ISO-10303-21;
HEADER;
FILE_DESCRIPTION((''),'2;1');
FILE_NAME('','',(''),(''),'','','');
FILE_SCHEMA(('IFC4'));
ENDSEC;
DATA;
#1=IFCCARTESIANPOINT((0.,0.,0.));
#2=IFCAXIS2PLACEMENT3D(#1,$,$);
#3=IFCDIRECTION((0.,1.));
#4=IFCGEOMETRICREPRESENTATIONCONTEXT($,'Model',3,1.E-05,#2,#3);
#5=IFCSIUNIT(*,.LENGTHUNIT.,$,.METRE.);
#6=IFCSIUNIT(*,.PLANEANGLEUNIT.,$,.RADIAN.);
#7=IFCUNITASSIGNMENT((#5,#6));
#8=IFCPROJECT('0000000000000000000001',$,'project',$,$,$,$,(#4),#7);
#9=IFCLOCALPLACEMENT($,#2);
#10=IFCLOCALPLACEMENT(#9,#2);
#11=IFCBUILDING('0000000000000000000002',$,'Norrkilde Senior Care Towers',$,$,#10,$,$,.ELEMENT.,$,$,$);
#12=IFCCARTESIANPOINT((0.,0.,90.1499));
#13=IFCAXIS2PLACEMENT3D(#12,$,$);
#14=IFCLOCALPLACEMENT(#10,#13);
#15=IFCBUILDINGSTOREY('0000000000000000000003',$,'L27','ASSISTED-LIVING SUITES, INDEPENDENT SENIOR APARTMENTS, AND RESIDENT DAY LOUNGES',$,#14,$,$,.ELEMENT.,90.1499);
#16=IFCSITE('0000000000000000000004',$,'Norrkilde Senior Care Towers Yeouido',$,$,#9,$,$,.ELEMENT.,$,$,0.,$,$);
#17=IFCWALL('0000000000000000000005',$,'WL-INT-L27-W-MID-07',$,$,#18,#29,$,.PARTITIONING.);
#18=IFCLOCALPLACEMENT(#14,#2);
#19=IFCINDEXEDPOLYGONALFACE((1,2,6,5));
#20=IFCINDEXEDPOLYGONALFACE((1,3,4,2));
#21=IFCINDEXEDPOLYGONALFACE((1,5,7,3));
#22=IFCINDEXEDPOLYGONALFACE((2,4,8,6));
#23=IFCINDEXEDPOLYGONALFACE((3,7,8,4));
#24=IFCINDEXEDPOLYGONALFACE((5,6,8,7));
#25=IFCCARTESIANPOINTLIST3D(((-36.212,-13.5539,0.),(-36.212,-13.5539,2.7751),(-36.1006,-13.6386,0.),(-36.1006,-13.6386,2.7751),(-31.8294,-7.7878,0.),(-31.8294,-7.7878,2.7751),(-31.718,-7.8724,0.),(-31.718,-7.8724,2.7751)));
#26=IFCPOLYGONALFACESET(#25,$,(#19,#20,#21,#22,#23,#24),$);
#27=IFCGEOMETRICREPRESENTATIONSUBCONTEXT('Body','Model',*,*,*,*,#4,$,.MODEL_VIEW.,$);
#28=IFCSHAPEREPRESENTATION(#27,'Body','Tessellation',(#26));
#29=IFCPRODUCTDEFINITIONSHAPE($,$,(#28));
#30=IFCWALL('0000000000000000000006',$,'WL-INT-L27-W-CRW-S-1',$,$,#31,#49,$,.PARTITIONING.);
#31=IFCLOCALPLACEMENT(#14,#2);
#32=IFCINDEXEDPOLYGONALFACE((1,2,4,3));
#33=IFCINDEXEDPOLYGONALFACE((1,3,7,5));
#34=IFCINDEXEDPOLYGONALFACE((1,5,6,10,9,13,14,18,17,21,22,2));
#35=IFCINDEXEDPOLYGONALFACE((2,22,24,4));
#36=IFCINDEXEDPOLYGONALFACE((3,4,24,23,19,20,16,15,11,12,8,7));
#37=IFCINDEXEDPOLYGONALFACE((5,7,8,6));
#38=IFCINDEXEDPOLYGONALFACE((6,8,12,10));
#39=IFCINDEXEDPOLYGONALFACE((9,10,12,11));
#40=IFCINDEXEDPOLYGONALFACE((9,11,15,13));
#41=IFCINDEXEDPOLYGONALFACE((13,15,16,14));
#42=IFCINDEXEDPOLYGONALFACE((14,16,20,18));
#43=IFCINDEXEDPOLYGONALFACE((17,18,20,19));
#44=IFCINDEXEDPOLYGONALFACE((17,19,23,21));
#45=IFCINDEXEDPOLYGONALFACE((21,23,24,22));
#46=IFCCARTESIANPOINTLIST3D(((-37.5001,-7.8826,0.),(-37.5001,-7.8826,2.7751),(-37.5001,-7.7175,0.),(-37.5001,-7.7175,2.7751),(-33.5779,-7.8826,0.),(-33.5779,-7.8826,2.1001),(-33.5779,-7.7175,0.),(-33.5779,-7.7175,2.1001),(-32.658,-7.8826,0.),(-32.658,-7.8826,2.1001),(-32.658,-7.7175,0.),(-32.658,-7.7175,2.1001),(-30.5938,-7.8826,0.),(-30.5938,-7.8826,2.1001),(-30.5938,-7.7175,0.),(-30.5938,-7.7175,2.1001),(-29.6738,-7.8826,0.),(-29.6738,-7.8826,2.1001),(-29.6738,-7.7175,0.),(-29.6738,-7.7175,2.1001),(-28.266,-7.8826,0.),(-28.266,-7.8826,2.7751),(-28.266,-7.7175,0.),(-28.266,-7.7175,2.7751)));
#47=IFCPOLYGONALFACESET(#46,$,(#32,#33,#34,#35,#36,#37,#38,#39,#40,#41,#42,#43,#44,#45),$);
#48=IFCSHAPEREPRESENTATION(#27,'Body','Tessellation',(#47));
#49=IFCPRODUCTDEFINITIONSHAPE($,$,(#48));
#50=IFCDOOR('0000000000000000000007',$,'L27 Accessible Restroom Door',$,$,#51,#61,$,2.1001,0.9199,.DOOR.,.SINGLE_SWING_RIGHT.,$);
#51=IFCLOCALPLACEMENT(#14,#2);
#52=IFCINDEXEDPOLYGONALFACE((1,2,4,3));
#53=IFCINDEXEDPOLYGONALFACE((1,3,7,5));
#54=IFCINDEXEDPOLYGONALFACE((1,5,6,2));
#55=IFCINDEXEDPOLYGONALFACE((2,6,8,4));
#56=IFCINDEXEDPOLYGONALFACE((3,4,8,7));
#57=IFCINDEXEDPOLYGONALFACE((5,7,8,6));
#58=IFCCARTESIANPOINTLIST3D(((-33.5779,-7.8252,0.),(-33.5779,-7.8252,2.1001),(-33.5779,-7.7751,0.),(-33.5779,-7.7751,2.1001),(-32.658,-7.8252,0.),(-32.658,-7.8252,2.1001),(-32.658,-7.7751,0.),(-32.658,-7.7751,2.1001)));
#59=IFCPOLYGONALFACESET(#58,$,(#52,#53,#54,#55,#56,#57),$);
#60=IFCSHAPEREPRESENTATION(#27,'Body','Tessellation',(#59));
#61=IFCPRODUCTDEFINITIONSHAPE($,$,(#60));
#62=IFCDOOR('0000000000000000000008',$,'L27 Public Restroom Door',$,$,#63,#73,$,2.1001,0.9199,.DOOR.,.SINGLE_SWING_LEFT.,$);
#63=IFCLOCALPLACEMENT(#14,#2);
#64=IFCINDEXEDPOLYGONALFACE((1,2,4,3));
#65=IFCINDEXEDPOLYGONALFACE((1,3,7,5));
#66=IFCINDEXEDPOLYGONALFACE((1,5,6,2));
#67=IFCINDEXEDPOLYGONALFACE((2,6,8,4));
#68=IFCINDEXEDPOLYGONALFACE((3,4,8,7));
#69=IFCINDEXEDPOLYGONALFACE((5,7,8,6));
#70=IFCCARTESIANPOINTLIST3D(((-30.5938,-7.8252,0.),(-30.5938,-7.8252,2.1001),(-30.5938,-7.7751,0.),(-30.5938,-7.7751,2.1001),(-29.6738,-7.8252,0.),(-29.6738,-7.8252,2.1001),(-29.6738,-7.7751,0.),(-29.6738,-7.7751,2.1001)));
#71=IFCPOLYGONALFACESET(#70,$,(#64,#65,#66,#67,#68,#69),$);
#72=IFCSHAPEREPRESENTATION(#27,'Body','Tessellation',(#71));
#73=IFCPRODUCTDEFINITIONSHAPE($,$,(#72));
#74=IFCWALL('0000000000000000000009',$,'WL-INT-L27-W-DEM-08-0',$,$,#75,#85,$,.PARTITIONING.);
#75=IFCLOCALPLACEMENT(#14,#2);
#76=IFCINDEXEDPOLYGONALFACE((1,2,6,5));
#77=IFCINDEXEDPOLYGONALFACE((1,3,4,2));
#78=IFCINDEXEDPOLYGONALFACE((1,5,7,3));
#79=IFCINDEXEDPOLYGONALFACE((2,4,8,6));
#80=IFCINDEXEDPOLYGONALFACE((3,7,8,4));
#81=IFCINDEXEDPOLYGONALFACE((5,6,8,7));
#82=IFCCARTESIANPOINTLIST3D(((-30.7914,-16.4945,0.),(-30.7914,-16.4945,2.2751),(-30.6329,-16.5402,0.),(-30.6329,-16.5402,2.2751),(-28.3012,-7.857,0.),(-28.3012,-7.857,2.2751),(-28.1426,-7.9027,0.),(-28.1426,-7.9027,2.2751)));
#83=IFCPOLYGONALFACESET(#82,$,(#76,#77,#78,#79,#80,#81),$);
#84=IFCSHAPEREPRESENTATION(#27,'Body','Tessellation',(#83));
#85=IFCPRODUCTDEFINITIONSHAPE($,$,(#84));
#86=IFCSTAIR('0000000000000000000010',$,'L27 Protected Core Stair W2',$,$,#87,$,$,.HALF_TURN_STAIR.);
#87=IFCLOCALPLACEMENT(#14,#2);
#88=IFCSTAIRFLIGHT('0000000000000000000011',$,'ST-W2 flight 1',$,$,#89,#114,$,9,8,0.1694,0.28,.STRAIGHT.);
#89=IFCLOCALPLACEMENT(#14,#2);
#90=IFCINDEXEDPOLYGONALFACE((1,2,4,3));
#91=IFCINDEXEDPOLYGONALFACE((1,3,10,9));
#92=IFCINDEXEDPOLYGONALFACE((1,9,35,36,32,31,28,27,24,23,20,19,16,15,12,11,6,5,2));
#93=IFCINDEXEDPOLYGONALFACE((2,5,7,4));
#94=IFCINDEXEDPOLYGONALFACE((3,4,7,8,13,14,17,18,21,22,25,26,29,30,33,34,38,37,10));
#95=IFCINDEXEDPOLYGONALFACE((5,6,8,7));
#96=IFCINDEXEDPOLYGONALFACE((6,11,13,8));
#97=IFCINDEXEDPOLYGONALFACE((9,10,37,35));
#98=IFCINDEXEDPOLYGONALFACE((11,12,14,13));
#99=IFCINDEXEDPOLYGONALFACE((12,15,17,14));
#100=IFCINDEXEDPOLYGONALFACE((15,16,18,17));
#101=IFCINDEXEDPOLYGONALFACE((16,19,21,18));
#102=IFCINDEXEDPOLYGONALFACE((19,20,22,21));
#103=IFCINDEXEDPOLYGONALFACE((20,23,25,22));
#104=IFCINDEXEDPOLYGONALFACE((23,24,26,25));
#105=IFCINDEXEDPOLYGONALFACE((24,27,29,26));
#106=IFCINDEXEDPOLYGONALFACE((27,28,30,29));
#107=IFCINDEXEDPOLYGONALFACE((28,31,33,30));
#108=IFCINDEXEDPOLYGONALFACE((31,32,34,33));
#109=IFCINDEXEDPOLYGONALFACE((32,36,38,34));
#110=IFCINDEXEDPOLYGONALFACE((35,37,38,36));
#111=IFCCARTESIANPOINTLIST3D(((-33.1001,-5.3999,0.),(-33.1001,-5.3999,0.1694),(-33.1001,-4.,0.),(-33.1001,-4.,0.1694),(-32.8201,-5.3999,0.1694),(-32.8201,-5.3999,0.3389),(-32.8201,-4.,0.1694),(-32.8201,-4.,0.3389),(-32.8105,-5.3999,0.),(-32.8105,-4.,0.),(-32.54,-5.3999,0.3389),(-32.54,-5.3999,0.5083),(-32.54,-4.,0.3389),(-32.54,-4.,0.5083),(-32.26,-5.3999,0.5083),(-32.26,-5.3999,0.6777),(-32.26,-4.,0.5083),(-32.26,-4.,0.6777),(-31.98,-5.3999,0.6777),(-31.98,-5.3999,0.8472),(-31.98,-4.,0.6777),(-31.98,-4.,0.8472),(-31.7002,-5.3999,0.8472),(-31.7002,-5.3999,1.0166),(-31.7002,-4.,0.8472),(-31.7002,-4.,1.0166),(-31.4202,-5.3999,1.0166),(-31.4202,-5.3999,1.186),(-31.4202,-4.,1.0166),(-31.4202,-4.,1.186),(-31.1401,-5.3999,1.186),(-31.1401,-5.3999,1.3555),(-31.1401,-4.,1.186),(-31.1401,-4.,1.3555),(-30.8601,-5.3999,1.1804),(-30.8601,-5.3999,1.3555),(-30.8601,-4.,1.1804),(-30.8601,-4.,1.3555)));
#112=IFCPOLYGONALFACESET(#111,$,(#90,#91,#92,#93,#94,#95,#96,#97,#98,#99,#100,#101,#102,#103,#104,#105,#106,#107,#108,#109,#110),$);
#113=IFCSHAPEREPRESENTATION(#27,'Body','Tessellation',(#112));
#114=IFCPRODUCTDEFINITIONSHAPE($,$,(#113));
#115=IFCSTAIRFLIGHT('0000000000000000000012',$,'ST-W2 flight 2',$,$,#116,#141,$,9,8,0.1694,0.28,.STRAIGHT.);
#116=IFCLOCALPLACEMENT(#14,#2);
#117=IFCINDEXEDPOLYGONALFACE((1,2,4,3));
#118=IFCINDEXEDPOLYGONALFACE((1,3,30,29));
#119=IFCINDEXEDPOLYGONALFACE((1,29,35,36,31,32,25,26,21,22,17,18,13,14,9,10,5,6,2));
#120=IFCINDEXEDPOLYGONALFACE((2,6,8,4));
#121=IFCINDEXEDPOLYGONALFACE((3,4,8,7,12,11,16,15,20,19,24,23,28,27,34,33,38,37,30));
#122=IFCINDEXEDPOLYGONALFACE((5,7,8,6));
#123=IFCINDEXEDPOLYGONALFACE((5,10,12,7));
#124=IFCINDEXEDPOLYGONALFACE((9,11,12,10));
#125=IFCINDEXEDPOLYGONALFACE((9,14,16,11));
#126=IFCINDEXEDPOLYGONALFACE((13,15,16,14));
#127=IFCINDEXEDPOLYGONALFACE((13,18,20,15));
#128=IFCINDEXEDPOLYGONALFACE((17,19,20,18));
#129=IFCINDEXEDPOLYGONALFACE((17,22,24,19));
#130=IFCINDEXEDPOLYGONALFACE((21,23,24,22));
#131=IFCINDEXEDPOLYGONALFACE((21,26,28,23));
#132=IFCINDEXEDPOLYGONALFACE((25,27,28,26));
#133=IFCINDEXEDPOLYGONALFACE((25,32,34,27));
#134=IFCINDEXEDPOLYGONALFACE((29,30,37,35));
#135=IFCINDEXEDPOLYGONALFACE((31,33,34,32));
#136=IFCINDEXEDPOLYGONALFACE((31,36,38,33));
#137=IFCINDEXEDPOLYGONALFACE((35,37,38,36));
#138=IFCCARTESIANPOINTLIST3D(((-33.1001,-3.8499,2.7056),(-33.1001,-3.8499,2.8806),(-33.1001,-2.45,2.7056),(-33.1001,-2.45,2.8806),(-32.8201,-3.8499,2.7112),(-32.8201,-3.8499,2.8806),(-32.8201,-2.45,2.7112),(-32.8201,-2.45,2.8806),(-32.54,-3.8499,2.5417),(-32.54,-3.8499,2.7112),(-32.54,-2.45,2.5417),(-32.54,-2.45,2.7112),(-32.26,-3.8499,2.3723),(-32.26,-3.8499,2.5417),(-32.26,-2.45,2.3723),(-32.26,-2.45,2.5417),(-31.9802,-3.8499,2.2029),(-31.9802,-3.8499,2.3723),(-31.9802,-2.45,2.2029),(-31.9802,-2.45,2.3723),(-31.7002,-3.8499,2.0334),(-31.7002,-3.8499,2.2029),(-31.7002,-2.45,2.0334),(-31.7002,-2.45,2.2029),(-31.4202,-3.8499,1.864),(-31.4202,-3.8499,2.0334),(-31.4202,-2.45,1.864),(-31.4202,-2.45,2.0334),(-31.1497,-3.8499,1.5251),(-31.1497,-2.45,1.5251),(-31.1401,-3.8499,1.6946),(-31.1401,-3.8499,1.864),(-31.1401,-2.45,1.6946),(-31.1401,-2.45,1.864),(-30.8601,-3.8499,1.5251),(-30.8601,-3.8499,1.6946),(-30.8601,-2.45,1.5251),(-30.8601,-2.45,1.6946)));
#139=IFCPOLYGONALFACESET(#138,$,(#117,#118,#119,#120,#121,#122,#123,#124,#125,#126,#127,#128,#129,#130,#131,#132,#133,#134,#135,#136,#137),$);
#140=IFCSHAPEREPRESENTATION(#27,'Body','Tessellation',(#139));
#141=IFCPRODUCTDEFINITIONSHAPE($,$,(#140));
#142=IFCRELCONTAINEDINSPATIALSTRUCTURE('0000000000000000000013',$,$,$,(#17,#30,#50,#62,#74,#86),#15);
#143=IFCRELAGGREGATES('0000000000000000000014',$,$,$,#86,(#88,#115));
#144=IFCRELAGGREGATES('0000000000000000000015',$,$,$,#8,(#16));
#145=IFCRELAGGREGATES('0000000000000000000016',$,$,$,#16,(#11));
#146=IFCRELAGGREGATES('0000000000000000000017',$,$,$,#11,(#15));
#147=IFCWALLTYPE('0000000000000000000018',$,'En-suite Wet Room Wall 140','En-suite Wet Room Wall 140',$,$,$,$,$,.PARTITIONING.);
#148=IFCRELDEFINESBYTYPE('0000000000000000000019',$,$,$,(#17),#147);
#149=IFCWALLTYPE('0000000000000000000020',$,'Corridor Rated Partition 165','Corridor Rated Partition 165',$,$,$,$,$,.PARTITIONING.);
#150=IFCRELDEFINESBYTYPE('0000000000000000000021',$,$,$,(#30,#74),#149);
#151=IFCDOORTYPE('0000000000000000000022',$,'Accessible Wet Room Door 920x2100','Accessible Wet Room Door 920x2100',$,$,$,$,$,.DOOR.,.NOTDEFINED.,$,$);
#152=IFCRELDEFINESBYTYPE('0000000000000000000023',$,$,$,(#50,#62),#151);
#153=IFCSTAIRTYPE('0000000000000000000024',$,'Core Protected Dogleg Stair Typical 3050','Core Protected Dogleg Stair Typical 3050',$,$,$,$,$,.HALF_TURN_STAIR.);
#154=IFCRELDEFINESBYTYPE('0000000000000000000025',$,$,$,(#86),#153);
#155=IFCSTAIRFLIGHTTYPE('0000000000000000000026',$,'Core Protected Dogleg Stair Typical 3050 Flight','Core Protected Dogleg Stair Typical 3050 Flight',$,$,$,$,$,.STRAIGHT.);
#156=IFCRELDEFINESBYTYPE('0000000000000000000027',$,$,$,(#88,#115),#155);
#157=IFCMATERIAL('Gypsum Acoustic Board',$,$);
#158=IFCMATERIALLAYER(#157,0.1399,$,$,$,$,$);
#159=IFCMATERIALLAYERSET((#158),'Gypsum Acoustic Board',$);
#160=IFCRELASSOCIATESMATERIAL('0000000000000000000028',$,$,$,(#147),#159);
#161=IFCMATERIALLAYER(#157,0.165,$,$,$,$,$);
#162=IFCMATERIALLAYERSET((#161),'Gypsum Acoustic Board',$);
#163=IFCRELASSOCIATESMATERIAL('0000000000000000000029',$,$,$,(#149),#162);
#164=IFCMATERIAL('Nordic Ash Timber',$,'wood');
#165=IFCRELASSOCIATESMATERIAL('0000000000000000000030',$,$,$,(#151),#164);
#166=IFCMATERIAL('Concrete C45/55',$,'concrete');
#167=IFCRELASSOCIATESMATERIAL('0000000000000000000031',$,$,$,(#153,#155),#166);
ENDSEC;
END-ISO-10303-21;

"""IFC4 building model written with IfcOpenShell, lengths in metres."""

from ifc_helpers import new_model, si_unit, direction, frame, frame_2d, origin, place, context, subcontext, project, spatial, polyline, rectangle, outline, extrude, source, transform, mapped, material, layer, layer_set, type_object, type_shapes, element, fill, aggregate, save


model = new_model("IFC4")

# Units and contexts
model_context = context("Model", 3, precision=1e-05, world=origin(), true_north=direction((0.0, 1.0)))
body_context = subcontext(model_context, "Body", "Model", "MODEL_VIEW")
ifc_project = project(units=[si_unit("LENGTHUNIT", "METRE"), si_unit("PLANEANGLEUNIT", "RADIAN")], contexts=[model_context])

# Site, building, storey
site_placement = place(None, origin())
site = spatial("IfcSite", under=ifc_project, at=site_placement, Name="Norrkilde Senior Care Towers Yeouido", CompositionType="ELEMENT", RefElevation=0.0)
building_placement = place(site_placement, origin())
building = spatial("IfcBuilding", under=site, at=building_placement, Name="Norrkilde Senior Care Towers", CompositionType="ELEMENT")
storey_placement = place(building_placement, frame((0.0, 0.0, 90.1499)))
storey = spatial("IfcBuildingStorey", under=building, at=storey_placement, Name="L27", Description="ASSISTED-LIVING SUITES, INDEPENDENT SENIOR APARTMENTS, AND RESIDENT DAY LOUNGES", CompositionType="ELEMENT", Elevation=90.1499)

# Shared definitions
ifc_material_1 = material(Name="Concrete C45/55", Category="concrete")

# Wall
ifc_material_2 = material(Name="Gypsum Acoustic Board")
ifc_layer_1 = layer(ifc_material_2, 0.1399)
ifc_layer_set_1 = layer_set([ifc_layer_1], Name="Gypsum Acoustic Board")
wall_type_1 = type_object("IfcWallType", Name="En-suite Wet Room Wall 140", Description="En-suite Wet Room Wall 140", PredefinedType="PARTITIONING", material=ifc_layer_set_1)
shared_shape_1 = source(origin(), body_context, "Body", "SweptSolid", [
    extrude(rectangle(XDim=7.2427, YDim=0.1399, at=frame_2d((3.6213, 0.0))), origin(), (0.0, 0.0, 1.0), 2.7751),
])
type_shapes(wall_type_1, [shared_shape_1])
wall_1_placement = place(storey_placement, frame((-31.7737, -7.8301, 0.0), z_axis=(0.0, 0.0, 1.0), x_axis=(-0.605111, -0.796141, 0.0)))
element("IfcWall", 1, at=wall_1_placement, inside=storey, type_object=wall_type_1, Name="WL-INT-L27-W-MID-07", PredefinedType="PARTITIONING", context=body_context, shape_type="MappedRepresentation", body=[
    mapped(shared_shape_1, transform((0.0, 0.0, 0.0), x_axis=(1.0, 0.0, 0.0), y_axis=(0.0, 1.0, 0.0), z_axis=(0.0, 0.0, 1.0), scale=1.0)),
])

# Wall, openings, doors
ifc_layer_2 = layer(ifc_material_2, 0.165)
ifc_layer_set_2 = layer_set([ifc_layer_2], Name="Gypsum Acoustic Board")
wall_type_2 = type_object("IfcWallType", Name="Corridor Rated Partition 165", Description="Corridor Rated Partition 165", PredefinedType="PARTITIONING", material=ifc_layer_set_2)
shared_shape_2 = source(origin(), body_context, "Body", "SweptSolid", [
    extrude(rectangle(XDim=9.2341, YDim=0.165, at=frame_2d((4.6172, 0.0))), origin(), (0.0, 0.0, 1.0), 2.7751),
])
wall_2_placement = place(storey_placement, frame((-28.2659, -7.8, 0.0), z_axis=(0.0, 0.0, 1.0), x_axis=(-1.0, 0.0, 0.0)))
wall_2 = element("IfcWall", 2, at=wall_2_placement, inside=storey, type_object=wall_type_2, Name="WL-INT-L27-W-CRW-S-1", PredefinedType="PARTITIONING", context=body_context, shape_type="MappedRepresentation", body=[
    mapped(shared_shape_2, transform((0.0, 0.0, 0.0), x_axis=(1.0, 0.0, 0.0), y_axis=(0.0, 1.0, 0.0), z_axis=(0.0, 0.0, 1.0), scale=1.0)),
])
opening_1_placement = place(wall_2_placement, frame((4.3921, 0.0, 0.0)))
opening_1 = element("IfcOpeningElement", 3, at=opening_1_placement, cuts=wall_2, PredefinedType="OPENING", context=body_context, shape_type="SweptSolid", body=[
    extrude(rectangle(XDim=0.9199, YDim=2.1001, at=frame_2d((0.46, 1.05))), frame((0.0, 0.0925, 0.0), z_axis=(0.0, -1.0, 0.0), x_axis=(1.0, 0.0, 0.0)), (0.0, 0.0, 1.0), 0.1851),
])
opening_2_placement = place(wall_2_placement, frame((1.408, 0.0, 0.0)))
opening_2 = element("IfcOpeningElement", 4, at=opening_2_placement, cuts=wall_2, PredefinedType="OPENING", context=body_context, shape_type="SweptSolid", body=[
    extrude(rectangle(XDim=0.9199, YDim=2.1001, at=frame_2d((0.46, 1.05))), frame((0.0, 0.0925, 0.0), z_axis=(0.0, -1.0, 0.0), x_axis=(1.0, 0.0, 0.0)), (0.0, 0.0, 1.0), 0.1851),
])
ifc_material_3 = material(Name="Nordic Ash Timber", Category="wood")
door_type_1 = type_object("IfcDoorType", Name="Accessible Wet Room Door 920x2100", Description="Accessible Wet Room Door 920x2100", OperationType="NOTDEFINED", PredefinedType="DOOR", material=ifc_material_3)
shared_shape_3 = source(origin(), body_context, "Body", "SweptSolid", [
    extrude(rectangle(XDim=0.9199, YDim=2.1001, at=frame_2d((0.46, 1.05))), frame((0.0, 0.0249, 0.0), z_axis=(0.0, -1.0, 0.0), x_axis=(1.0, 0.0, 0.0)), (0.0, 0.0, 1.0), 0.05),
])
type_shapes(door_type_1, [shared_shape_3])
door_1_placement = place(opening_1_placement, frame((0.9199, 0.0, 0.0), z_axis=(0.0, 0.0, 1.0), x_axis=(-1.0, 0.0, 0.0)))
door_1 = element("IfcDoor", 5, at=door_1_placement, inside=storey, type_object=door_type_1, Name="L27 Accessible Restroom Door", OperationType="SINGLE_SWING_RIGHT", OverallHeight=2.1001, OverallWidth=0.9199, PredefinedType="DOOR", context=body_context, shape_type="MappedRepresentation", body=[
    mapped(shared_shape_3, transform((0.0, 0.0, 0.0), x_axis=(1.0, 0.0, 0.0), y_axis=(0.0, 1.0, 0.0), z_axis=(0.0, 0.0, 1.0), scale=1.0)),
])
fill(opening_1, door_1)
door_2_placement = place(opening_2_placement, frame((0.9199, 0.0, 0.0), z_axis=(0.0, 0.0, 1.0), x_axis=(-1.0, 0.0, 0.0)))
door_2 = element("IfcDoor", 6, at=door_2_placement, inside=storey, type_object=door_type_1, Name="L27 Public Restroom Door", OperationType="SINGLE_SWING_LEFT", OverallHeight=2.1001, OverallWidth=0.9199, PredefinedType="DOOR", context=body_context, shape_type="MappedRepresentation", body=[
    mapped(shared_shape_3, transform((0.0, 0.0, 0.0), x_axis=(1.0, 0.0, 0.0), y_axis=(0.0, 1.0, 0.0), z_axis=(0.0, 0.0, 1.0), scale=1.0)),
])
fill(opening_2, door_2)

# Wall
shared_shape_4 = source(origin(), body_context, "Body", "SweptSolid", [
    extrude(rectangle(XDim=8.9893, YDim=0.165, at=frame_2d((4.4946, 0.0))), origin(), (0.0, 0.0, 1.0), 2.2751),
])
type_shapes(wall_type_2, [shared_shape_2, shared_shape_4])
wall_3_placement = place(storey_placement, frame((-28.2219, -7.8799, 0.0), z_axis=(0.0, 0.0, 1.0), x_axis=(-0.277023, -0.960863, 0.0)))
element("IfcWall", 7, at=wall_3_placement, inside=storey, type_object=wall_type_2, Name="WL-INT-L27-W-DEM-08-0", PredefinedType="PARTITIONING", context=body_context, shape_type="MappedRepresentation", body=[
    mapped(shared_shape_4, transform((0.0, 0.0, 0.0), x_axis=(1.0, 0.0, 0.0), y_axis=(0.0, 1.0, 0.0), z_axis=(0.0, 0.0, 1.0), scale=1.0)),
])

# Stair, stair flights
stair_type = type_object("IfcStairType", Name="Core Protected Dogleg Stair Typical 3050", Description="Core Protected Dogleg Stair Typical 3050", PredefinedType="HALF_TURN_STAIR", material=ifc_material_1)
stair_placement = place(storey_placement, origin())
stair = element("IfcStair", 8, at=stair_placement, inside=storey, type_object=stair_type, Name="L27 Protected Core Stair W2", PredefinedType="HALF_TURN_STAIR")
stair_flight_type = type_object("IfcStairFlightType", Name="Core Protected Dogleg Stair Typical 3050 Flight", Description="Core Protected Dogleg Stair Typical 3050 Flight", PredefinedType="STRAIGHT", material=ifc_material_1)
stair_flight_1_placement = place(storey_placement, frame((-33.1001, -4.7, 0.0), z_axis=(0.0, 0.0, 1.0), x_axis=(1.0, 0.0, 0.0)))
stair_flight_1 = element("IfcStairFlight", 9, at=stair_flight_1_placement, type_object=stair_flight_type, Name="ST-W2 flight 1", NumberOfRisers=9, NumberOfTreads=8, PredefinedType="STRAIGHT", RiserHeight=0.1694, TreadLength=0.28, context=body_context, shape_type="SweptSolid", body=[
    extrude(outline(polyline([(0.0, 0.0), (0.0, 0.1694), (0.28, 0.1694), (0.28, 0.3389), (0.5601, 0.3389), (0.5601, 0.5083), (0.8401, 0.5083), (0.8401, 0.6777), (1.1201, 0.6777), (1.1201, 0.8472), (1.3999, 0.8472), (1.3999, 1.0166), (1.6799, 1.0166), (1.6799, 1.186), (1.96, 1.186), (1.96, 1.3555), (2.24, 1.3555), (2.24, 1.5249), (2.24, 1.1804), (0.2896, 0.0), (0.0, 0.0)])), frame((0.0, 0.7, 0.0), z_axis=(0.0, -1.0, 0.0), x_axis=(1.0, 0.0, 0.0)), (0.0, 0.0, 1.0), 1.3999),
])
stair_flight_2_placement = place(storey_placement, frame((-30.8601, -3.1499, 1.5251), z_axis=(0.0, 0.0, 1.0), x_axis=(-1.0, 0.0, 0.0)))
stair_flight_2 = element("IfcStairFlight", 10, at=stair_flight_2_placement, type_object=stair_flight_type, Name="ST-W2 flight 2", NumberOfRisers=9, NumberOfTreads=8, PredefinedType="STRAIGHT", RiserHeight=0.1694, TreadLength=0.28, context=body_context, shape_type="SweptSolid", body=[
    extrude(outline(polyline([(0.0, 0.0), (0.0, 0.1694), (0.28, 0.1694), (0.28, 0.3389), (0.5601, 0.3389), (0.5601, 0.5083), (0.8401, 0.5083), (0.8401, 0.6777), (1.1201, 0.6777), (1.1201, 0.8472), (1.3999, 0.8472), (1.3999, 1.0166), (1.6799, 1.0166), (1.6799, 1.186), (1.96, 1.186), (1.96, 1.3555), (2.24, 1.3555), (2.24, 1.5249), (2.24, 1.1804), (0.2896, 0.0), (0.0, 0.0)])), frame((0.0, 0.7, 0.0), z_axis=(0.0, -1.0, 0.0), x_axis=(1.0, 0.0, 0.0)), (0.0, 0.0, 1.0), 1.3999),
])
aggregate(stair, [stair_flight_1, stair_flight_2])

save(model, "model.ifc")
